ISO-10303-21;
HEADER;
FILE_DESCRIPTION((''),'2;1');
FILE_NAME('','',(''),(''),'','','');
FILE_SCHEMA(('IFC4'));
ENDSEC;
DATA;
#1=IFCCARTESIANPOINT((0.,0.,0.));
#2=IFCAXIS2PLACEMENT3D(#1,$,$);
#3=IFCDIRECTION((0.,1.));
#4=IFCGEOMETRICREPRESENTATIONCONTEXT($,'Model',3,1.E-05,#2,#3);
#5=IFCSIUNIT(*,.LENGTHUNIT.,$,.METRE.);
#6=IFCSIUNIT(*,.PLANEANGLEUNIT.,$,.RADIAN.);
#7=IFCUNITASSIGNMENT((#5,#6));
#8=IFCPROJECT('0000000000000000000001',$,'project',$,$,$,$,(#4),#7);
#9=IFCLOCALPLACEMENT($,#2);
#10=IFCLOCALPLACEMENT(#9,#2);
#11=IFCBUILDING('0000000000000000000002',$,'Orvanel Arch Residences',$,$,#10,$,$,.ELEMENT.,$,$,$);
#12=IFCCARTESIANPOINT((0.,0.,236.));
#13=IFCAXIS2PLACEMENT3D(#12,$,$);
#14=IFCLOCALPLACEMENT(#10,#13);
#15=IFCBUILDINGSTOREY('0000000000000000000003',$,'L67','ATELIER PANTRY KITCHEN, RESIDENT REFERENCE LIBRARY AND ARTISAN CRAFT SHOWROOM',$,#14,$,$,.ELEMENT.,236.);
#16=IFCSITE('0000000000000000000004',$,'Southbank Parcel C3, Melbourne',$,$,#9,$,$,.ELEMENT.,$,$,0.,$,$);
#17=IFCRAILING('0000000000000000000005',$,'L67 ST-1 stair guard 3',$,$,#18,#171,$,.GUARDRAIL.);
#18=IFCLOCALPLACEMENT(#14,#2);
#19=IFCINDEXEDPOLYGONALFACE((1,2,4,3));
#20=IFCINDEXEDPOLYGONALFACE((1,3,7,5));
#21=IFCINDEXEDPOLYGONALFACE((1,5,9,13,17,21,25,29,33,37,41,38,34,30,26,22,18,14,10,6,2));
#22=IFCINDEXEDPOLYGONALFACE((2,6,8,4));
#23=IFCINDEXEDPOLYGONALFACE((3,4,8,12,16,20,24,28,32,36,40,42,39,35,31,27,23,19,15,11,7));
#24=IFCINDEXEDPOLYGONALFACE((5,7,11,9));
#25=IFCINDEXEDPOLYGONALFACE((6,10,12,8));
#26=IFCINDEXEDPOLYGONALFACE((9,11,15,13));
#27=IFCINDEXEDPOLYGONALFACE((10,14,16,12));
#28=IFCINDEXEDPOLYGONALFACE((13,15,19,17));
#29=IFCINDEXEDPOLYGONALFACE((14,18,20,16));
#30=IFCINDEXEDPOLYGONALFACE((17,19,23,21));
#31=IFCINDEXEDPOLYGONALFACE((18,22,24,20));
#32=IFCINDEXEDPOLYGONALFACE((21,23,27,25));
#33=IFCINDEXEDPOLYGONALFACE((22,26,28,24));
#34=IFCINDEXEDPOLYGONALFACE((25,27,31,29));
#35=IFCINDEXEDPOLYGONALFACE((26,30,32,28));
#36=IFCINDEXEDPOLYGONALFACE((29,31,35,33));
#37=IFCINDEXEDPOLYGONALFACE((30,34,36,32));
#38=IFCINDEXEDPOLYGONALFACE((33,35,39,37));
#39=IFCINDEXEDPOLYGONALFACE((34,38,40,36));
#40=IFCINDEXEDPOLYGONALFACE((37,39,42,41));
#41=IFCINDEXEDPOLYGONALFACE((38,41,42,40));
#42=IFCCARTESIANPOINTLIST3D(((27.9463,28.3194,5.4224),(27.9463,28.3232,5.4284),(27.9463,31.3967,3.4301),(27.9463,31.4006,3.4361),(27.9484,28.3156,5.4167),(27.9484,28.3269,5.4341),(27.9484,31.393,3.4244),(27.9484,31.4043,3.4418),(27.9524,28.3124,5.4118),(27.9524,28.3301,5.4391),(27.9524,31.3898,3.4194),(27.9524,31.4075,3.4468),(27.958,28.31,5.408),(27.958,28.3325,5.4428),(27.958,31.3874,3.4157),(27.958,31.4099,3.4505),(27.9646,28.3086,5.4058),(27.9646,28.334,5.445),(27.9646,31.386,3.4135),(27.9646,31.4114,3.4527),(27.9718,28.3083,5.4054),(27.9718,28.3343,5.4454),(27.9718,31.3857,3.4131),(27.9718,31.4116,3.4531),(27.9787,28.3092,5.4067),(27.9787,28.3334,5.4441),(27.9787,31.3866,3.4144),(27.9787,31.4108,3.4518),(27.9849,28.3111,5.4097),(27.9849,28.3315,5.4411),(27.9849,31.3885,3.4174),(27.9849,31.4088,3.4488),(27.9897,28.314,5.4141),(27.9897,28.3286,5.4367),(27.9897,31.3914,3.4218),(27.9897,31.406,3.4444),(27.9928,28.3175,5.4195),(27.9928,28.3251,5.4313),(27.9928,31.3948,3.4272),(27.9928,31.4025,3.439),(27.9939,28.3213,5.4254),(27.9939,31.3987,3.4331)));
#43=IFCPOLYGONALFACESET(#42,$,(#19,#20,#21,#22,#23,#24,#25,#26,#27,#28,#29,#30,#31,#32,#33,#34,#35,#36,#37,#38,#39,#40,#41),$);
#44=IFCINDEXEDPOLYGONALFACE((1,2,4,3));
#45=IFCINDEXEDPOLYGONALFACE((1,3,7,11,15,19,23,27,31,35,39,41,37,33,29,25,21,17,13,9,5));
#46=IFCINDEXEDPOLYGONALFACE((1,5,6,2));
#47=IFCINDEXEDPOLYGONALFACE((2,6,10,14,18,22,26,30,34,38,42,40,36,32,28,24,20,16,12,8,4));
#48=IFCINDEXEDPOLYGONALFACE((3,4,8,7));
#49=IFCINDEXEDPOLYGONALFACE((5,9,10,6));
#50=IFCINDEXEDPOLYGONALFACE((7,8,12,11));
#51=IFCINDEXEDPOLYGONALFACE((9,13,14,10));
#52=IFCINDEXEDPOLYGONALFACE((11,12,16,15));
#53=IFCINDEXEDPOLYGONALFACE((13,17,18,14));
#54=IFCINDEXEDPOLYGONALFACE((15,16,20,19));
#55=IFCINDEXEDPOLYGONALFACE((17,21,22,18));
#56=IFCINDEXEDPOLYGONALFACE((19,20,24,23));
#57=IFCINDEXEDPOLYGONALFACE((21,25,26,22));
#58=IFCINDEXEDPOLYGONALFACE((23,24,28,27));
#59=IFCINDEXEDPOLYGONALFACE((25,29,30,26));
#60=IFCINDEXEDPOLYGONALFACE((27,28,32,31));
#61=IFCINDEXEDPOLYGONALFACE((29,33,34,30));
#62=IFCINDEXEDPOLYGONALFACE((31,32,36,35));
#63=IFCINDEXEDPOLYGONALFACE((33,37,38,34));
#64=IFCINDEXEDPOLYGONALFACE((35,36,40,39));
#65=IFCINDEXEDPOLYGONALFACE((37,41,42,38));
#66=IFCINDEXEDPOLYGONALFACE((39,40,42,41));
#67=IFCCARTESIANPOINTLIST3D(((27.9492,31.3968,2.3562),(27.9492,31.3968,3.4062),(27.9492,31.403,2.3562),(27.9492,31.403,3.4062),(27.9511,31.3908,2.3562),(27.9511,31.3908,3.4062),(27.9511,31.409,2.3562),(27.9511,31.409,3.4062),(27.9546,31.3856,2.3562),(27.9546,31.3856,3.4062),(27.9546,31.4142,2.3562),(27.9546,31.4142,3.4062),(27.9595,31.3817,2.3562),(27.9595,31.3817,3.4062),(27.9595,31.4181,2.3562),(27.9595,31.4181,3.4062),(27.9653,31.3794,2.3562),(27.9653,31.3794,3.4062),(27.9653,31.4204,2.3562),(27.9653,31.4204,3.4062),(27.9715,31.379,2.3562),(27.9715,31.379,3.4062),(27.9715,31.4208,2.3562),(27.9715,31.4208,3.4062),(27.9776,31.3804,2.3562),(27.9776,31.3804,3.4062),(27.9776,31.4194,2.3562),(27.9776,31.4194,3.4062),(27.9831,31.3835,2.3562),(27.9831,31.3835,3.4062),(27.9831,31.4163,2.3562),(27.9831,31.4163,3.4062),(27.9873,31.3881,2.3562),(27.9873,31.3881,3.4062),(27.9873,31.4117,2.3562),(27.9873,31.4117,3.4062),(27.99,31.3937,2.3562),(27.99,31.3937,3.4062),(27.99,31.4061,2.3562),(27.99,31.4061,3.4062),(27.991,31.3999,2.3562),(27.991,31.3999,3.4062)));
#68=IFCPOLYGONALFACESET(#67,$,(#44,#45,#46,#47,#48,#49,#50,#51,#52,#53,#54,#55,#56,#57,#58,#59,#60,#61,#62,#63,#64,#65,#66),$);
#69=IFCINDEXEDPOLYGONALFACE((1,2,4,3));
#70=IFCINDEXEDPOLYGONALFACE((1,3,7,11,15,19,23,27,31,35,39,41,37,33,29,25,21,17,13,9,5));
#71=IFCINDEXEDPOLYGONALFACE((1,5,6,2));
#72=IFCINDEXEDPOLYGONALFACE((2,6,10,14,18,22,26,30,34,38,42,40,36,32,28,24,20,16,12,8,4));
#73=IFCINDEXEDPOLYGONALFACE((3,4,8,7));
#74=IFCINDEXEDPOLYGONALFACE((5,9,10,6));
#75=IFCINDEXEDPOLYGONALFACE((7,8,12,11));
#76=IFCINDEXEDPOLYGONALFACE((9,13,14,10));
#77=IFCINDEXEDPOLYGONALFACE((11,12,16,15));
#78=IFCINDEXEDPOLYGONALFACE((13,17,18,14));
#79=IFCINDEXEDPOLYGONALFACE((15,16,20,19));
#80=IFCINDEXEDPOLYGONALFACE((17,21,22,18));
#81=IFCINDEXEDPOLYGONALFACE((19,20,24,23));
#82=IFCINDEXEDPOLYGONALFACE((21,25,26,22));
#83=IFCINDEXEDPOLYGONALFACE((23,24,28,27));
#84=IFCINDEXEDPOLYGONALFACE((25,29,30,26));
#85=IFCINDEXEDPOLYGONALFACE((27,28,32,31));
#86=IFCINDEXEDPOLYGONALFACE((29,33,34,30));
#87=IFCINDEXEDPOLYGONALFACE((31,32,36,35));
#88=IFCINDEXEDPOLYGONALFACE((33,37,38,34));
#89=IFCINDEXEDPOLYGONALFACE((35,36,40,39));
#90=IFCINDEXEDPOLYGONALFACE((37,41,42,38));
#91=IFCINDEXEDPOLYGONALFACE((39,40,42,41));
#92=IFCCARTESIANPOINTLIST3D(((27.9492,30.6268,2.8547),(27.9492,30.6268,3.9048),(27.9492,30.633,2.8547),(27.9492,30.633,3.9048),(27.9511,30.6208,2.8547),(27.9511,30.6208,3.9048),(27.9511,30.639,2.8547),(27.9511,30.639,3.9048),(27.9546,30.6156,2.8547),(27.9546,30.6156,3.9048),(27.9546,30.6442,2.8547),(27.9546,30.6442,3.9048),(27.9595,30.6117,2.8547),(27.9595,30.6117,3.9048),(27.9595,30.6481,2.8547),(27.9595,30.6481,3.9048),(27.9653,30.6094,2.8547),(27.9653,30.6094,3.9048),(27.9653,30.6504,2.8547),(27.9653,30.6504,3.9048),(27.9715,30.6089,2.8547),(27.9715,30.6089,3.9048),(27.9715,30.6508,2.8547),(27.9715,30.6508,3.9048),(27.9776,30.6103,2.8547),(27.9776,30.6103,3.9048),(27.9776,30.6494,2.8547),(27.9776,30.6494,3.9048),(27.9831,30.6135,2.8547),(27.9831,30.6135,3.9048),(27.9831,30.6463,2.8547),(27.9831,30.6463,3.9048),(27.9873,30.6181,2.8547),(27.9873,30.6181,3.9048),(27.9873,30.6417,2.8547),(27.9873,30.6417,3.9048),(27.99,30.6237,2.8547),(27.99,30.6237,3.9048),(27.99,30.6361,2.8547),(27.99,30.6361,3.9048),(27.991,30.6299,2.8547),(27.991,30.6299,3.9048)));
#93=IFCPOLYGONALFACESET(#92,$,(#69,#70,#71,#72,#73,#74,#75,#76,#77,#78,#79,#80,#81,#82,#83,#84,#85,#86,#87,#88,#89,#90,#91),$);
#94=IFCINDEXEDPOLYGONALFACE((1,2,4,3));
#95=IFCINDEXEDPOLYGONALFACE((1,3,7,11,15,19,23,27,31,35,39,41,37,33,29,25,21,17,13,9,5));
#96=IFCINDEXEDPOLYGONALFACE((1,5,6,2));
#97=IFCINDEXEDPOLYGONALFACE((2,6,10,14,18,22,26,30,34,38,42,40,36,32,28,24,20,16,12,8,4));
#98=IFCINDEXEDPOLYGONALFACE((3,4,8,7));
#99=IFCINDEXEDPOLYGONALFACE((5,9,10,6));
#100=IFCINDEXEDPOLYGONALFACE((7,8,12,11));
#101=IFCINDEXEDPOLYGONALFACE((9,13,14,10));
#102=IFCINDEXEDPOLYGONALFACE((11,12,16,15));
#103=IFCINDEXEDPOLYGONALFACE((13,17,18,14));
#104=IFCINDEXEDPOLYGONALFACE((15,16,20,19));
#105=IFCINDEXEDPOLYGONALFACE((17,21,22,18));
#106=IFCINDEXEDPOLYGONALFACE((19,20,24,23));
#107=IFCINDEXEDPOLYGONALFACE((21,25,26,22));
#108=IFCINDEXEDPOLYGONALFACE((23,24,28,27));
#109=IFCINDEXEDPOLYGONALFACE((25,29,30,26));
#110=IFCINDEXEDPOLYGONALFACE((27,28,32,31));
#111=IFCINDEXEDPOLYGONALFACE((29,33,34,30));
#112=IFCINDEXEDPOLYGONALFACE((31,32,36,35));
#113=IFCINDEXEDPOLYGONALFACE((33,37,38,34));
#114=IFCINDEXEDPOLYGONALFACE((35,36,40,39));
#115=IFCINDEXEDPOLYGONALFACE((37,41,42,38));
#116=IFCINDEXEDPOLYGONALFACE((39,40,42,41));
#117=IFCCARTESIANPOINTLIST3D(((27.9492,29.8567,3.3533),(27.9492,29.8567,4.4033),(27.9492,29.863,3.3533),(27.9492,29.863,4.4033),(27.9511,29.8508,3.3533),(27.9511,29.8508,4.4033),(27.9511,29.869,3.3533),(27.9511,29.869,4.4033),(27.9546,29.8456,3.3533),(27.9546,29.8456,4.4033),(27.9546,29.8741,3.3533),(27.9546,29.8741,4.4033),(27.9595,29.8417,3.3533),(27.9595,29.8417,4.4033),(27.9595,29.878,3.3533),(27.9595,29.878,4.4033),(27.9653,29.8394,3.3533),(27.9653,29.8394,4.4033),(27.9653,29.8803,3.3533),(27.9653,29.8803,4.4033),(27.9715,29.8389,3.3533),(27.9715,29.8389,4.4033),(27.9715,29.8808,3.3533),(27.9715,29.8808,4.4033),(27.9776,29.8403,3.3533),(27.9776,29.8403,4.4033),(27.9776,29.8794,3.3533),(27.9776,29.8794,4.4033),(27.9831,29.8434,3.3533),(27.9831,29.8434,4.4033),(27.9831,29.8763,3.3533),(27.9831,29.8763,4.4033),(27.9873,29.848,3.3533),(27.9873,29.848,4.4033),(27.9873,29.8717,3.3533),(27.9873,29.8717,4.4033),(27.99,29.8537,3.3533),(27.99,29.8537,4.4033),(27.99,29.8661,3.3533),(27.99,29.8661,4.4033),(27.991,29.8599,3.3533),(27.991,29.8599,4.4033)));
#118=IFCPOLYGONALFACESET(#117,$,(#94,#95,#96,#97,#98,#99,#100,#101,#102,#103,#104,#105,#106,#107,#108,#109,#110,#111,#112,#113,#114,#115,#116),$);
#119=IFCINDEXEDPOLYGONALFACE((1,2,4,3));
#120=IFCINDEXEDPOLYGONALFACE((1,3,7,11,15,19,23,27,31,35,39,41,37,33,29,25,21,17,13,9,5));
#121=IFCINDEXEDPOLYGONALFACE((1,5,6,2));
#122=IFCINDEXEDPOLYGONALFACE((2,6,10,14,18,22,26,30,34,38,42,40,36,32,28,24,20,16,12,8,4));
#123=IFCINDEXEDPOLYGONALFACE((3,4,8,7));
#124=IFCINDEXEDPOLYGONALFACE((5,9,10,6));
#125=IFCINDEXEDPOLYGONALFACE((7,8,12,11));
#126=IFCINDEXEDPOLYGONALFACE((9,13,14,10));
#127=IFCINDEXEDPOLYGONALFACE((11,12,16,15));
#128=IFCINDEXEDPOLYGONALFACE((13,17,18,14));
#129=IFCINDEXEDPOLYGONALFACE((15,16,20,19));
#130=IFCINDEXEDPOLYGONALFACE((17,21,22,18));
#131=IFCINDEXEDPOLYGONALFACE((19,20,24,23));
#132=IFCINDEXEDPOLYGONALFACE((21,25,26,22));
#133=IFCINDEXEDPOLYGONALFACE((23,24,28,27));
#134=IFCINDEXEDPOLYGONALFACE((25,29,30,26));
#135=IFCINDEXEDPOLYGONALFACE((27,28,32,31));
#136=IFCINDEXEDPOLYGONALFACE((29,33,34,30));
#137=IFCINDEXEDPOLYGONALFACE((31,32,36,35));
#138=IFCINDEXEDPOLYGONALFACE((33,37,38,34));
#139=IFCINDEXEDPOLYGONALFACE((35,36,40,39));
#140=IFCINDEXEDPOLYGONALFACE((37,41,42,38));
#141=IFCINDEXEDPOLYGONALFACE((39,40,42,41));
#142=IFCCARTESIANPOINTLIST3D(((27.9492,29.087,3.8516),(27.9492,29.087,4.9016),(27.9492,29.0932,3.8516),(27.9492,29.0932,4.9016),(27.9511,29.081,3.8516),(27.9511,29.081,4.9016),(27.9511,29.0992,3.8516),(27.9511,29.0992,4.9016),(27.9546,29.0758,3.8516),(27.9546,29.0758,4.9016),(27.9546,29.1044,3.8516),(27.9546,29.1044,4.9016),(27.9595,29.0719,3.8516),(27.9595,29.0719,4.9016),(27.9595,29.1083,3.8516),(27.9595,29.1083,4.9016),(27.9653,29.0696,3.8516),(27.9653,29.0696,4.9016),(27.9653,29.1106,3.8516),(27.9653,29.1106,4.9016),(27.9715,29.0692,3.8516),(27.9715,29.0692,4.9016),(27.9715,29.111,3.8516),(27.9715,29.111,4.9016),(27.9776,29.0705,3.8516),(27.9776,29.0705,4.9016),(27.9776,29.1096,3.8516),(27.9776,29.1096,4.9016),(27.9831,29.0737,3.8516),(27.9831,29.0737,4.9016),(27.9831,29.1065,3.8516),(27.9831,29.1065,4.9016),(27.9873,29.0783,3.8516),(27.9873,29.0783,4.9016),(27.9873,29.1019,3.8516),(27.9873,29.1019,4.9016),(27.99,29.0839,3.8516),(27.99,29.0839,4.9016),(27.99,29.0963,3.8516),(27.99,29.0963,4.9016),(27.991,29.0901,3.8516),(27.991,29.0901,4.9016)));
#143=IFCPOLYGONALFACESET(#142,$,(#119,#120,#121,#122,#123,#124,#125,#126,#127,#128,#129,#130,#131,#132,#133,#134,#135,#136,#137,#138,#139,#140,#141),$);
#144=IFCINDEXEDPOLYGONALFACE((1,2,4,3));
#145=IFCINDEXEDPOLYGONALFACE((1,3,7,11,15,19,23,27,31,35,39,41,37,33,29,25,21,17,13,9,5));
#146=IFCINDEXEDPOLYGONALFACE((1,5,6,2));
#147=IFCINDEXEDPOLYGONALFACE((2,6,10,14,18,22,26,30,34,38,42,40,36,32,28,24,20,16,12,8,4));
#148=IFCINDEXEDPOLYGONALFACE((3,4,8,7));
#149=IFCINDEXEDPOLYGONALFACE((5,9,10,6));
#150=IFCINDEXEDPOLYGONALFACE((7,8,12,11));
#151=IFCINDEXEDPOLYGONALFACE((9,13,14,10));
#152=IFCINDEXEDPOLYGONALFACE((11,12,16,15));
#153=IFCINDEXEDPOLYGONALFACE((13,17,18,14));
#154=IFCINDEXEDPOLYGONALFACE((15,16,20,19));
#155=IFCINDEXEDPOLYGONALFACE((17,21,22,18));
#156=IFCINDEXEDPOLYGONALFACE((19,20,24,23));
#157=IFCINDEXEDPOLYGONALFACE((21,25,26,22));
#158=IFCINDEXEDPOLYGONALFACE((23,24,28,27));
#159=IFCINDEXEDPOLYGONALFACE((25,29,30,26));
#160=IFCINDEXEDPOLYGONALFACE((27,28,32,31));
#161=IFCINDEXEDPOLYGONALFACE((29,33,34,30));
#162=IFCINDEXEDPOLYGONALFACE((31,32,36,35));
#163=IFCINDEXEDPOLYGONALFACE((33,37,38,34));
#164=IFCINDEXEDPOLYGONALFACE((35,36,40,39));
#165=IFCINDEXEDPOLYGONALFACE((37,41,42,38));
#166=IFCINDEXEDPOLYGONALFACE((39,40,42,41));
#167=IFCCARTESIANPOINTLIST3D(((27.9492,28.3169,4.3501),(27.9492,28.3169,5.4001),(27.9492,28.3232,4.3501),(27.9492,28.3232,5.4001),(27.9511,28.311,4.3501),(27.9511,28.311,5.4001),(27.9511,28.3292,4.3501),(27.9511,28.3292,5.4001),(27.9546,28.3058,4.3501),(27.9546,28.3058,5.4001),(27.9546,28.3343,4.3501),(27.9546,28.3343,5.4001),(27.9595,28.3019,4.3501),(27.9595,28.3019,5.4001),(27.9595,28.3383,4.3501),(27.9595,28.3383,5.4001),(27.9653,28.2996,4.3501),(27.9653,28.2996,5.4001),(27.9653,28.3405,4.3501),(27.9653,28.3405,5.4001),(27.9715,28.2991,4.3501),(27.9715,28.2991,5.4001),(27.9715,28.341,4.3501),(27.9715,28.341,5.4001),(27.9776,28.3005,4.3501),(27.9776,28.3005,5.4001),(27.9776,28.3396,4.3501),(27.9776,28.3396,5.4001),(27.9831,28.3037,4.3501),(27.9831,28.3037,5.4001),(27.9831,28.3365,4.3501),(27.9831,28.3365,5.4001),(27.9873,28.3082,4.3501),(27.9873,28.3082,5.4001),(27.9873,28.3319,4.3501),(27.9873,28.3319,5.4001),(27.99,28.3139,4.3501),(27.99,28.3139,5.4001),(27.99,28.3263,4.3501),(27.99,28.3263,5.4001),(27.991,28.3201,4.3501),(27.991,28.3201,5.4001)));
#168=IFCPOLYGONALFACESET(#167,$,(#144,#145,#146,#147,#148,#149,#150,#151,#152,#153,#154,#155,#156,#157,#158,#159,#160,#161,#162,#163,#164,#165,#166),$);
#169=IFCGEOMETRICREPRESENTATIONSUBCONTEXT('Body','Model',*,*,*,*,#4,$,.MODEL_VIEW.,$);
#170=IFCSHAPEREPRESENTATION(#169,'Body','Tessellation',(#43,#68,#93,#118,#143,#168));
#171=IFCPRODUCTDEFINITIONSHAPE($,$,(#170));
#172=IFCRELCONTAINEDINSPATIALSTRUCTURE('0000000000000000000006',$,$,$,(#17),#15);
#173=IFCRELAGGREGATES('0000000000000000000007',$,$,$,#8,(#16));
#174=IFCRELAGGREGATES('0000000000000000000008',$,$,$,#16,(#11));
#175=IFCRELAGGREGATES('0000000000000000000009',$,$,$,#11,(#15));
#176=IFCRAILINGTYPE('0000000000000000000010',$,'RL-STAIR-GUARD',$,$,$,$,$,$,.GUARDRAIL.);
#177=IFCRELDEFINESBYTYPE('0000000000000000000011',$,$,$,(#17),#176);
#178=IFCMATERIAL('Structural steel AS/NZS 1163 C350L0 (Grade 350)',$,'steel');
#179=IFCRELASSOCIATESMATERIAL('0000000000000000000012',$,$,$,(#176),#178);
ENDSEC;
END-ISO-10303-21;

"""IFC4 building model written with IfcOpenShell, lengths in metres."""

from ifc_helpers import new_model, si_unit, direction, frame, origin, origin_2d, place, context, subcontext, project, spatial, circle, extrude, material, type_object, element, save


model = new_model("IFC4")

# Units and contexts
model_context = context("Model", 3, precision=1e-05, world=origin(), true_north=direction((0.0, 1.0)))
body_context = subcontext(model_context, "Body", "Model", "MODEL_VIEW")
ifc_project = project(units=[si_unit("LENGTHUNIT", "METRE"), si_unit("PLANEANGLEUNIT", "RADIAN")], contexts=[model_context])

# Site, building, storey
site_placement = place(None, origin())
site = spatial("IfcSite", under=ifc_project, at=site_placement, Name="Southbank Parcel C3, Melbourne", CompositionType="ELEMENT", RefElevation=0.0)
building_placement = place(site_placement, origin())
building = spatial("IfcBuilding", under=site, at=building_placement, Name="Orvanel Arch Residences", CompositionType="ELEMENT")
storey_placement = place(building_placement, frame((0.0, 0.0, 236.0)))
storey = spatial("IfcBuildingStorey", under=building, at=storey_placement, Name="L67", Description="ATELIER PANTRY KITCHEN, RESIDENT REFERENCE LIBRARY AND ARTISAN CRAFT SHOWROOM", CompositionType="ELEMENT", Elevation=236.0)

# Railing
ifc_material_1 = material(Name="Structural steel AS/NZS 1163 C350L0 (Grade 350)", Category="steel")
railing_type_1 = type_object("IfcRailingType", Name="RL-STAIR-GUARD", PredefinedType="GUARDRAIL", material=ifc_material_1)
railing_1_placement = place(storey_placement, frame((27.97, 31.3999, 2.3562)))
element("IfcRailing", 1, at=railing_1_placement, inside=storey, type_object=railing_type_1, Name="L67 ST-1 stair guard 3", PredefinedType="GUARDRAIL", context=body_context, shape_type="SweptSolid", body=[
    extrude(circle(Radius=0.0239, at=origin_2d()), frame((0.0, -0.0012, 1.0769), z_axis=(0.0, -0.839438, 0.543455), x_axis=(1.0, 0.0, 0.0)), (0.0, 0.0, 1.0), 3.666),
    extrude(circle(Radius=0.021, at=origin_2d()), origin(), (0.0, 0.0, 1.0), 1.05),
    extrude(circle(Radius=0.021, at=origin_2d()), frame((0.0, -0.77, 0.4985)), (0.0, 0.0, 1.0), 1.05),
    extrude(circle(Radius=0.021, at=origin_2d()), frame((0.0, -1.54, 0.9971)), (0.0, 0.0, 1.0), 1.05),
    extrude(circle(Radius=0.021, at=origin_2d()), frame((0.0, -2.3098, 1.4954)), (0.0, 0.0, 1.0), 1.05),
    extrude(circle(Radius=0.021, at=origin_2d()), frame((0.0, -3.0798, 1.9939)), (0.0, 0.0, 1.0), 1.05),
])

save(model, "model.ifc")
